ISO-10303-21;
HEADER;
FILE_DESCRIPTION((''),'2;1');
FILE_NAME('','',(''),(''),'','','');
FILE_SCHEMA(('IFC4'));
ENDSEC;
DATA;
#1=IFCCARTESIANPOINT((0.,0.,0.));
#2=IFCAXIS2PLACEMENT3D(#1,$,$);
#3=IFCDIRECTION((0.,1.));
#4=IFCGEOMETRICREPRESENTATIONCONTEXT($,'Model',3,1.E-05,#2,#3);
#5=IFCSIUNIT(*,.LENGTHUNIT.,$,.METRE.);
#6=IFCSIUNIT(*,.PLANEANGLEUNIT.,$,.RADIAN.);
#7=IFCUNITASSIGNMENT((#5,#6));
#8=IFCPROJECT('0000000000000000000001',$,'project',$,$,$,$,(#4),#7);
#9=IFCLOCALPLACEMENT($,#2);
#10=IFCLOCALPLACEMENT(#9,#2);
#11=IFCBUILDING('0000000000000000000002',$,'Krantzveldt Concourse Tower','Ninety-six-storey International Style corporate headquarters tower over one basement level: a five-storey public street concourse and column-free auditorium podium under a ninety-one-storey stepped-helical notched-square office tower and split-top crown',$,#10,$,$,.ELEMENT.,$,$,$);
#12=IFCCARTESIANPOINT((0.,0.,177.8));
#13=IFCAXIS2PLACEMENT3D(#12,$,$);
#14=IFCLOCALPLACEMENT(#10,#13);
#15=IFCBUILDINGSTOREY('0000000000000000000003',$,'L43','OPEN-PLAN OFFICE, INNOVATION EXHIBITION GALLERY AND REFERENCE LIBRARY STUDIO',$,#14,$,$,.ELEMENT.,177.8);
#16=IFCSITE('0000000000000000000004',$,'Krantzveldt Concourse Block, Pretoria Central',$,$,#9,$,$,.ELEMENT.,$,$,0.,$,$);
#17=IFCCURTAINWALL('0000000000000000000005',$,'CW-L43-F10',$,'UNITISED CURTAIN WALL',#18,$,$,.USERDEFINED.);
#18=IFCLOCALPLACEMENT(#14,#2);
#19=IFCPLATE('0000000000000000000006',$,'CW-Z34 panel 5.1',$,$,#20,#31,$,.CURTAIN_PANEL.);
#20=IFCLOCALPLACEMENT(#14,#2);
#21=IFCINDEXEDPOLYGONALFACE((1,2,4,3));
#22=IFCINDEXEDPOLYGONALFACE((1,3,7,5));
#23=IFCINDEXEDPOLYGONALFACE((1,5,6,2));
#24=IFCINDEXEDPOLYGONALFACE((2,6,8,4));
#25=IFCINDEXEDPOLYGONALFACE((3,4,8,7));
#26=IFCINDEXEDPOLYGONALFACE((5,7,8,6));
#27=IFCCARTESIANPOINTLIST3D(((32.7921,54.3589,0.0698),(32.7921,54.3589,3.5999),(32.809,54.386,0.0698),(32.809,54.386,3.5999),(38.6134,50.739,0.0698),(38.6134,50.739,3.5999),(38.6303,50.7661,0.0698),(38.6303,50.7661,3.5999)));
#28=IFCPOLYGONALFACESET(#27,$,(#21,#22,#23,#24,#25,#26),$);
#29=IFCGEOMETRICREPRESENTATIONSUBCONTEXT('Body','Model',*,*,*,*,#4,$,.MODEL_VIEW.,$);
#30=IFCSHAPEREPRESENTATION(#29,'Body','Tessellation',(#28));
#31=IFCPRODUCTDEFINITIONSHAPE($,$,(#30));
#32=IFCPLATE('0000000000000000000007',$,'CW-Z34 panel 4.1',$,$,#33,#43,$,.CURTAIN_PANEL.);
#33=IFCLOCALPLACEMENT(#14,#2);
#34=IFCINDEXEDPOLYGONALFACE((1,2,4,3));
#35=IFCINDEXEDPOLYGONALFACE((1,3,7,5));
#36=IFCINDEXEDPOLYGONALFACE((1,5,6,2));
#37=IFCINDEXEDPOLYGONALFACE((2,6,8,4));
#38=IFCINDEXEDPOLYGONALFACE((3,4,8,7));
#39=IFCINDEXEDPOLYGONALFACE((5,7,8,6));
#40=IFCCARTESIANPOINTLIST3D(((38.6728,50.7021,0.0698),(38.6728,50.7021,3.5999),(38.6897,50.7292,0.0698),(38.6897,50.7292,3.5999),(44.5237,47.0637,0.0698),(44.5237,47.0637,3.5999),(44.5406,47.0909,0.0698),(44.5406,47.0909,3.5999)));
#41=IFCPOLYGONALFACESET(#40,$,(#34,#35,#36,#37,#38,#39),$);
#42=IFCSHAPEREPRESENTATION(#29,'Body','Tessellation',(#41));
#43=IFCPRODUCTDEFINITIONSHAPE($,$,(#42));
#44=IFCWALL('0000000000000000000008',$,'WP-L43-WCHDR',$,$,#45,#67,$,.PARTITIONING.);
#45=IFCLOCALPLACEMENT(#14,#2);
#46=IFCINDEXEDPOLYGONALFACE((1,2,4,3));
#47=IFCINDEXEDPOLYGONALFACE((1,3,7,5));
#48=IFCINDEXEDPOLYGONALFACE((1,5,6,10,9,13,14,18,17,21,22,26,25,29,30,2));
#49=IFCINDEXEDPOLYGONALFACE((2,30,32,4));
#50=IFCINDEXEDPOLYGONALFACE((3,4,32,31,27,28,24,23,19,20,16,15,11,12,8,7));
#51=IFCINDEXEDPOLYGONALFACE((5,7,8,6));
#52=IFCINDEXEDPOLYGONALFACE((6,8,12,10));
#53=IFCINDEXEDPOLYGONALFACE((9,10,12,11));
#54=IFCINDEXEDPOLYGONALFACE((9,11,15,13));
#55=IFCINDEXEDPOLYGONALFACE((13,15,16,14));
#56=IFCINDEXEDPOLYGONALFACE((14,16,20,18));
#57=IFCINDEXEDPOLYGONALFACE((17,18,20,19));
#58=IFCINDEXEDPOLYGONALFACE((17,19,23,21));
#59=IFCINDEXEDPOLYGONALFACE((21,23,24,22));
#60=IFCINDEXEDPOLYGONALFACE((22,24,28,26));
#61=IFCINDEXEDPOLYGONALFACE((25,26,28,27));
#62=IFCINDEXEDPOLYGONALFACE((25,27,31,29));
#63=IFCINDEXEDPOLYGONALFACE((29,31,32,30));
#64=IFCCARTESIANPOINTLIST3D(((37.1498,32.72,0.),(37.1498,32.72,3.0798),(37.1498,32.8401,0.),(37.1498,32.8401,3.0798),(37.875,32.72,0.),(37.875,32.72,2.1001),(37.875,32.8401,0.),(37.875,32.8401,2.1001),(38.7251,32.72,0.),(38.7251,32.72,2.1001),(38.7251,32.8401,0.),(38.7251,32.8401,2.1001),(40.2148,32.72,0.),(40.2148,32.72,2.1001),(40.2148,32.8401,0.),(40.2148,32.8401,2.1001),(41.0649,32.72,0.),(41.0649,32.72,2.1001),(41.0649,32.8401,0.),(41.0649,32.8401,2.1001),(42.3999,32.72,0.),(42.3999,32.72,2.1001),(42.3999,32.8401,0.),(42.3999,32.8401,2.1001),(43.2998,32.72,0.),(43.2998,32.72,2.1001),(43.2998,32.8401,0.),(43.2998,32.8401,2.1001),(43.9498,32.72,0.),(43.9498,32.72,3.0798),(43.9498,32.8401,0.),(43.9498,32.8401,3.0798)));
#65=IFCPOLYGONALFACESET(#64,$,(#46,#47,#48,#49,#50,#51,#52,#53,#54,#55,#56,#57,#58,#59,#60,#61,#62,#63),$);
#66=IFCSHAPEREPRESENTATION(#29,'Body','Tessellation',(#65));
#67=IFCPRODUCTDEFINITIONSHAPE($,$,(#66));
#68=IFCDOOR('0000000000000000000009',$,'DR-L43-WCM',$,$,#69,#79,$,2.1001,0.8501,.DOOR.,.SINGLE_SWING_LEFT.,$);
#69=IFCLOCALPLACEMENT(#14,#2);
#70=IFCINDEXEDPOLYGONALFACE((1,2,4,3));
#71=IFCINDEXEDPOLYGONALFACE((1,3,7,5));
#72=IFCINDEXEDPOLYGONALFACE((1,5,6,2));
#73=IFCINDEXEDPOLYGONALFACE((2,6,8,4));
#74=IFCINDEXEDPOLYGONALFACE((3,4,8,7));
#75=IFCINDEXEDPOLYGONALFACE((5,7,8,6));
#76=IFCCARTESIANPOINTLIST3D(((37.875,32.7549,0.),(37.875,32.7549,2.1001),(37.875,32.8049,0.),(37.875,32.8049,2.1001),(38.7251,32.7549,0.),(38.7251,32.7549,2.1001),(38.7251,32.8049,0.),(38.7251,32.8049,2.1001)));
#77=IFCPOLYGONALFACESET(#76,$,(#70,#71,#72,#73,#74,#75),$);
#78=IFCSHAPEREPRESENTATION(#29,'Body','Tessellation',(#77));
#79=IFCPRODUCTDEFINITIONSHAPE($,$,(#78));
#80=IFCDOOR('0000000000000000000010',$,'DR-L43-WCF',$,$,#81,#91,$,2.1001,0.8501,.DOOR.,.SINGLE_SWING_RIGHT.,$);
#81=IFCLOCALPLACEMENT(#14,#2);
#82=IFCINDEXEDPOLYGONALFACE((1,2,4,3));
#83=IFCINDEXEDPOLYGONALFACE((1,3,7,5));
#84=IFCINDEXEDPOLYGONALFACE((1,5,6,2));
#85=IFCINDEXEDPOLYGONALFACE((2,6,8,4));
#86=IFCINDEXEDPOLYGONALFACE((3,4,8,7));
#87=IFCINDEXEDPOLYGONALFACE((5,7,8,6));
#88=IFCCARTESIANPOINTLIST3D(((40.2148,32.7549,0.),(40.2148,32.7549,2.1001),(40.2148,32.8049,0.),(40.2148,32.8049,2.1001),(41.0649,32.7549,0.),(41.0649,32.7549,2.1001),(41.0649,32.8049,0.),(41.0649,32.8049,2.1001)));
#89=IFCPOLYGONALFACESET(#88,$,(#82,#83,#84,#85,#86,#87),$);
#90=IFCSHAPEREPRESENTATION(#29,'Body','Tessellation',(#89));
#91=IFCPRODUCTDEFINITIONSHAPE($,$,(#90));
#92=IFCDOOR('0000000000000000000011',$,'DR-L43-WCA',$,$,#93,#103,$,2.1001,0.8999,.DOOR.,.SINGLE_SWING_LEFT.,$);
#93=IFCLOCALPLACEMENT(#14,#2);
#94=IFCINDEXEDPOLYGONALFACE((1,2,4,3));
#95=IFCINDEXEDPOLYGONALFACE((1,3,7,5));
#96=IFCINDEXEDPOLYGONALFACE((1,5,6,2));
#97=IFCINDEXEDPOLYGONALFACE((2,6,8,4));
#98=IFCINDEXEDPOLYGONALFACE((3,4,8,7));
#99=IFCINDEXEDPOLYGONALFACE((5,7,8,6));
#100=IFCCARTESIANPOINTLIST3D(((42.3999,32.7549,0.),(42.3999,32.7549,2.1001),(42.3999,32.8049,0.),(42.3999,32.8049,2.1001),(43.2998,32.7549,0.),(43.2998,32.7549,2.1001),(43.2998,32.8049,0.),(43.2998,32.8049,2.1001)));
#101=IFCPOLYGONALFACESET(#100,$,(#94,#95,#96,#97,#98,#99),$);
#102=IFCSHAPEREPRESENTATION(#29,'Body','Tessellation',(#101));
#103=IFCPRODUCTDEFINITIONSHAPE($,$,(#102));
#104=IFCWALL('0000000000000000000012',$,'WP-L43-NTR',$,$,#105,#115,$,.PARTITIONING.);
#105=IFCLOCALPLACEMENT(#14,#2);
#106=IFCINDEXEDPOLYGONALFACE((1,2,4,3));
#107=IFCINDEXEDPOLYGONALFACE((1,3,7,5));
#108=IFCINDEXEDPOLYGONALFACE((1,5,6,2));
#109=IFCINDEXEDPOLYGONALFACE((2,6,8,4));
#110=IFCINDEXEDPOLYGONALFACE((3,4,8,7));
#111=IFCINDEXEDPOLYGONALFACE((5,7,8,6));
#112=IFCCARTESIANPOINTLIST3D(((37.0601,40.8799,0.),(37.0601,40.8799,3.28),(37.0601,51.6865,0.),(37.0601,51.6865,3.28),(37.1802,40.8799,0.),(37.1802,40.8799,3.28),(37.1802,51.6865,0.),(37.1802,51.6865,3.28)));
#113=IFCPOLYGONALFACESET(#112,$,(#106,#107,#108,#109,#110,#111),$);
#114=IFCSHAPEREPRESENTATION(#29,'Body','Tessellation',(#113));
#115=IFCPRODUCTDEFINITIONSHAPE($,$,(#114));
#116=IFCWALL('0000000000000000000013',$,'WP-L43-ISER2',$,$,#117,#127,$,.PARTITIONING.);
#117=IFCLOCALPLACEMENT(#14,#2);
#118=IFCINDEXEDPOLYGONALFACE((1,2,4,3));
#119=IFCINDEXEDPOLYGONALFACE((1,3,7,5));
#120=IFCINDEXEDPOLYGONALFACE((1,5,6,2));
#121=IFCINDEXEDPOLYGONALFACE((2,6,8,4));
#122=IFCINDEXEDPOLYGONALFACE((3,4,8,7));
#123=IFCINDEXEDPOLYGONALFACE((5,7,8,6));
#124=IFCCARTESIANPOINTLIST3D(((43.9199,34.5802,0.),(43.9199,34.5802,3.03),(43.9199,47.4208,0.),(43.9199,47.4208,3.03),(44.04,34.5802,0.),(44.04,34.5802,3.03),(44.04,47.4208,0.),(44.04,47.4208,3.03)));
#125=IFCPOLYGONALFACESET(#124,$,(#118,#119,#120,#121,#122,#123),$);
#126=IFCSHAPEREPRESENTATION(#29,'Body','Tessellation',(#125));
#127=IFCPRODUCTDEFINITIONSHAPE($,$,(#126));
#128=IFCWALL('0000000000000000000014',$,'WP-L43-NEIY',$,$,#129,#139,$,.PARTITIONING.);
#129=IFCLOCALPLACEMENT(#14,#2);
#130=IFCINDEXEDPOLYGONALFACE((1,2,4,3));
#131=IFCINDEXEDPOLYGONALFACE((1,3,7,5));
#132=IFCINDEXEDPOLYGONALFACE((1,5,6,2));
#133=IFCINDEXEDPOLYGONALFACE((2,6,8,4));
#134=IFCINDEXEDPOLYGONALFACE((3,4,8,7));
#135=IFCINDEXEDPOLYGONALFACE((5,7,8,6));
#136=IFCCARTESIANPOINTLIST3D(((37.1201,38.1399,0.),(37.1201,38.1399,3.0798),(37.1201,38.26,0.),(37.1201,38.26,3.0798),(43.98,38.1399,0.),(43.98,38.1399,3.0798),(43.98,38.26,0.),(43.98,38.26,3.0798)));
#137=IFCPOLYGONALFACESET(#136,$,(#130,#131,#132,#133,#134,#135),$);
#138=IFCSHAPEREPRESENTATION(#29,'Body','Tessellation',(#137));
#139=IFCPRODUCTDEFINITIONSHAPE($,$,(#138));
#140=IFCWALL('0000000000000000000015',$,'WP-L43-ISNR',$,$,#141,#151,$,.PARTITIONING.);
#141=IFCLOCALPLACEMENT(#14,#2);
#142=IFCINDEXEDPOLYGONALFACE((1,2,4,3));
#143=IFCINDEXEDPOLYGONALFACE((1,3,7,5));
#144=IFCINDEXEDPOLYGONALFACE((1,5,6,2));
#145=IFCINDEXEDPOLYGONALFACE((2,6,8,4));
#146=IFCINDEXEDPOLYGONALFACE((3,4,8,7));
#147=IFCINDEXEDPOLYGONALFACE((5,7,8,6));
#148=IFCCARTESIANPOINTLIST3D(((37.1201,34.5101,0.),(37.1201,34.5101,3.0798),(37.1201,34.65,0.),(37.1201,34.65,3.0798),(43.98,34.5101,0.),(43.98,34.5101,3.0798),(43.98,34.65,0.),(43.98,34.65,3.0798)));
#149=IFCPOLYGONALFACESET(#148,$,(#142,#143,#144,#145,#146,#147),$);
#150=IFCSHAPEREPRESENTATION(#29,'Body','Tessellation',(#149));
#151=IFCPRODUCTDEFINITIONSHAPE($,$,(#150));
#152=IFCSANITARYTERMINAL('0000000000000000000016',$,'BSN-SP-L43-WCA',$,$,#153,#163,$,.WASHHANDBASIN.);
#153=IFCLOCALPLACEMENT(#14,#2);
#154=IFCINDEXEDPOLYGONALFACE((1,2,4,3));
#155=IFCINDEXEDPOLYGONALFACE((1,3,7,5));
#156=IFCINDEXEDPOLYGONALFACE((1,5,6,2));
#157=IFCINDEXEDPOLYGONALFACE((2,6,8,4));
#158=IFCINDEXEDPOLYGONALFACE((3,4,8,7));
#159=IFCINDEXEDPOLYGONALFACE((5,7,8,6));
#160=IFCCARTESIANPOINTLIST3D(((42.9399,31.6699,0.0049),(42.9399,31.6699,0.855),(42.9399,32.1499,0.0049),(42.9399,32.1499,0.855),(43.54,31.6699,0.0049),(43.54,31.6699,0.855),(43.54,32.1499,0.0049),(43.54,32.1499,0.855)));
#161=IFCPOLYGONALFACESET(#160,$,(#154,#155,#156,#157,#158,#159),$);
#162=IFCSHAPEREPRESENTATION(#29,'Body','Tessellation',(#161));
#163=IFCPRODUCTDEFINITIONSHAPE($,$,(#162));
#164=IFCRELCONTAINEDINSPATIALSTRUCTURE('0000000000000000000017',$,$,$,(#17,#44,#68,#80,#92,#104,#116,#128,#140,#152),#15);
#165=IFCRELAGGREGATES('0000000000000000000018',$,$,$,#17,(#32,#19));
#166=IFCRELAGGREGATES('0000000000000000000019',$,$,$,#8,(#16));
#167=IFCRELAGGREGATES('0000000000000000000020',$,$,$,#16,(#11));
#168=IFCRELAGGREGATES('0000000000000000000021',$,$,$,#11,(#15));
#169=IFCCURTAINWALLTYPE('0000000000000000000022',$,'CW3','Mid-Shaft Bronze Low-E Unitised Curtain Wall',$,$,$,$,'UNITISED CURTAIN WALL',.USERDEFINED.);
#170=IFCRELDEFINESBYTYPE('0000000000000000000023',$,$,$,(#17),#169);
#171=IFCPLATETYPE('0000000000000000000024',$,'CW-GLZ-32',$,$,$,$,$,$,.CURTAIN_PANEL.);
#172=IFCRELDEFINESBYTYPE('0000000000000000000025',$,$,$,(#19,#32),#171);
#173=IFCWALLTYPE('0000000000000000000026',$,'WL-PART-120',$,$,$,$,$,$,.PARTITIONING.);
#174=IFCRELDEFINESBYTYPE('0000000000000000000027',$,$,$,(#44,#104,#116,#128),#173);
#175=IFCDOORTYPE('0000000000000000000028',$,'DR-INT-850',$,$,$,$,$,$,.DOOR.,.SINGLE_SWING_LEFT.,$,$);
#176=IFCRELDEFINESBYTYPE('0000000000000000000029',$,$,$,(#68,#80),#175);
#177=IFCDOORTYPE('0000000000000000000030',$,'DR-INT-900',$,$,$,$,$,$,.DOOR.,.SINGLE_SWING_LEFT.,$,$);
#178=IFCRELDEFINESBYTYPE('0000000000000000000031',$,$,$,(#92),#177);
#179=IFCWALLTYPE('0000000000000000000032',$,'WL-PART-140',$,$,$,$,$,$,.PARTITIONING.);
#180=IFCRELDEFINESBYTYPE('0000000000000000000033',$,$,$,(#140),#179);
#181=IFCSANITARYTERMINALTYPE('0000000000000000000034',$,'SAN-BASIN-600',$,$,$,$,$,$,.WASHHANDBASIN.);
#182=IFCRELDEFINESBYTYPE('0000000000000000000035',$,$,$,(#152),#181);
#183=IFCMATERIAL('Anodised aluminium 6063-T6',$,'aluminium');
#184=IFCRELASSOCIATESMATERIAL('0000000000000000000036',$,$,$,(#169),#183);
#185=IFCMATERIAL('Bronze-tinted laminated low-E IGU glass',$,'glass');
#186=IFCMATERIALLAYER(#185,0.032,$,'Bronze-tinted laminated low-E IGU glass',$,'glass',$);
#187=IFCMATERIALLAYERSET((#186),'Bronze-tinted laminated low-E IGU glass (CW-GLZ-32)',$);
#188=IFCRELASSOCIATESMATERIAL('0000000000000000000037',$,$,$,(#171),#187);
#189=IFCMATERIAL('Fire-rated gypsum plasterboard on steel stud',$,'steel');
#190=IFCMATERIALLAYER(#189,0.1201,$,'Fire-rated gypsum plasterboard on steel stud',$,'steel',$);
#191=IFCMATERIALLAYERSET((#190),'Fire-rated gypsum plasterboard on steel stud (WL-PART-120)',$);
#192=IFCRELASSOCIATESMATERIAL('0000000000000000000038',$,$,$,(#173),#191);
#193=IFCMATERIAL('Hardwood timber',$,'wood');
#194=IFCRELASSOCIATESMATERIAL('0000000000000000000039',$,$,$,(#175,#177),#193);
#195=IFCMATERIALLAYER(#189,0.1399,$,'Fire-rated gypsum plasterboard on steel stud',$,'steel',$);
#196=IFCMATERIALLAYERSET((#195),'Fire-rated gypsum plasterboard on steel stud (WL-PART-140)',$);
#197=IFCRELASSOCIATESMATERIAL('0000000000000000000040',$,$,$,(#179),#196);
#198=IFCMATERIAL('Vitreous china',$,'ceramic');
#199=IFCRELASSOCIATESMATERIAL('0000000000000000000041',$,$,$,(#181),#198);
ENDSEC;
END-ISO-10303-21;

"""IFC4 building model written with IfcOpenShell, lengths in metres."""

from ifc_helpers import new_model, si_unit, direction, frame, frame_2d, origin, origin_2d, place, context, subcontext, project, spatial, rectangle, extrude, source, transform, mapped, material, layer, layer_set, type_object, type_shapes, element, fill, aggregate, save


model = new_model("IFC4")

# Units and contexts
model_context = context("Model", 3, precision=1e-05, world=origin(), true_north=direction((0.0, 1.0)))
body_context = subcontext(model_context, "Body", "Model", "MODEL_VIEW")
ifc_project = project(units=[si_unit("LENGTHUNIT", "METRE"), si_unit("PLANEANGLEUNIT", "RADIAN")], contexts=[model_context])

# Site, building, storey
site_placement = place(None, origin())
site = spatial("IfcSite", under=ifc_project, at=site_placement, Name="Krantzveldt Concourse Block, Pretoria Central", CompositionType="ELEMENT", RefElevation=0.0)
building_placement = place(site_placement, origin())
building = spatial("IfcBuilding", under=site, at=building_placement, Name="Krantzveldt Concourse Tower", Description="Ninety-six-storey International Style corporate headquarters tower over one basement level: a five-storey public street concourse and column-free auditorium podium under a ninety-one-storey stepped-helical notched-square office tower and split-top crown", CompositionType="ELEMENT")
storey_placement = place(building_placement, frame((0.0, 0.0, 177.8)))
storey = spatial("IfcBuildingStorey", under=building, at=storey_placement, Name="L43", Description="OPEN-PLAN OFFICE, INNOVATION EXHIBITION GALLERY AND REFERENCE LIBRARY STUDIO", CompositionType="ELEMENT", Elevation=177.8)

# Curtain wall, plates
ifc_material_1 = material(Name="Anodised aluminium 6063-T6", Category="aluminium")
curtain_wall_type = type_object("IfcCurtainWallType", Name="CW3", Description="Mid-Shaft Bronze Low-E Unitised Curtain Wall", ElementType="UNITISED CURTAIN WALL", PredefinedType="USERDEFINED", material=ifc_material_1)
curtain_wall_placement = place(storey_placement, origin())
curtain_wall = element("IfcCurtainWall", 1, at=curtain_wall_placement, inside=storey, type_object=curtain_wall_type, Name="CW-L43-F10", ObjectType="UNITISED CURTAIN WALL", PredefinedType="USERDEFINED")
ifc_material_2 = material(Name="Bronze-tinted laminated low-E IGU glass", Category="glass")
ifc_layer_1 = layer(ifc_material_2, 0.032, Name="Bronze-tinted laminated low-E IGU glass", Category="glass")
ifc_layer_set_1 = layer_set([ifc_layer_1], Name="Bronze-tinted laminated low-E IGU glass (CW-GLZ-32)")
plate_type = type_object("IfcPlateType", Name="CW-GLZ-32", PredefinedType="CURTAIN_PANEL", material=ifc_layer_set_1)
shared_shape_1 = source(origin(), body_context, "Body", "SweptSolid", [
    extrude(rectangle(XDim=6.855, YDim=0.032, at=origin_2d()), origin(), (0.0, 0.0, 1.0), 3.53),
])
plate_1_placement = place(storey_placement, frame((35.7112, 52.5625, 0.0698), z_axis=(0.0, 0.0, 1.0), x_axis=(-0.849202, 0.528068, 0.0)))
plate_1 = element("IfcPlate", 2, at=plate_1_placement, type_object=plate_type, Name="CW-Z34 panel 5.1", PredefinedType="CURTAIN_PANEL", context=body_context, shape_type="MappedRepresentation", body=[
    mapped(shared_shape_1, transform((0.0, 0.0, 0.0), x_axis=(1.0, 0.0, 0.0), y_axis=(0.0, 1.0, 0.0), z_axis=(0.0, 0.0, 1.0), scale=1.0)),
])
shared_shape_2 = source(origin(), body_context, "Body", "SweptSolid", [
    extrude(rectangle(XDim=6.8899, YDim=0.032, at=origin_2d()), origin(), (0.0, 0.0, 1.0), 3.53),
])
type_shapes(plate_type, [shared_shape_1, shared_shape_2])
plate_2_placement = place(storey_placement, frame((41.6067, 48.8965, 0.0698), z_axis=(0.0, 0.0, 1.0), x_axis=(-0.849202, 0.528068, 0.0)))
plate_2 = element("IfcPlate", 3, at=plate_2_placement, type_object=plate_type, Name="CW-Z34 panel 4.1", PredefinedType="CURTAIN_PANEL", context=body_context, shape_type="MappedRepresentation", body=[
    mapped(shared_shape_2, transform((0.0, 0.0, 0.0), x_axis=(1.0, 0.0, 0.0), y_axis=(0.0, 1.0, 0.0), z_axis=(0.0, 0.0, 1.0), scale=1.0)),
])
aggregate(curtain_wall, [plate_2, plate_1])

# Wall, openings, doors
ifc_material_3 = material(Name="Fire-rated gypsum plasterboard on steel stud", Category="steel")
ifc_layer_2 = layer(ifc_material_3, 0.1201, Name="Fire-rated gypsum plasterboard on steel stud", Category="steel")
ifc_layer_set_2 = layer_set([ifc_layer_2], Name="Fire-rated gypsum plasterboard on steel stud (WL-PART-120)")
wall_type_1 = type_object("IfcWallType", Name="WL-PART-120", PredefinedType="PARTITIONING", material=ifc_layer_set_2)
wall_1_placement = place(storey_placement, frame((37.1499, 32.78, 0.0), z_axis=(0.0, 0.0, 1.0), x_axis=(1.0, 0.0, 0.0)))
wall_1 = element("IfcWall", 4, at=wall_1_placement, inside=storey, type_object=wall_type_1, Name="WP-L43-WCHDR", PredefinedType="PARTITIONING", context=body_context, shape_type="SweptSolid", body=[
    extrude(rectangle(XDim=6.8, YDim=0.1201, at=frame_2d((3.3999, 0.0))), origin(), (0.0, 0.0, 1.0), 3.0798),
])
opening_1_placement = place(wall_1_placement, frame((0.7251, 0.0, 0.0)))
opening_1 = element("IfcOpeningElement", 5, at=opening_1_placement, cuts=wall_1, PredefinedType="OPENING", context=body_context, shape_type="SweptSolid", body=[
    extrude(rectangle(XDim=0.8501, YDim=2.1001, at=frame_2d((0.425, 1.05))), frame((0.0, 0.0701, 0.0), z_axis=(0.0, -1.0, 0.0), x_axis=(1.0, 0.0, 0.0)), (0.0, 0.0, 1.0), 0.1401),
])
opening_2_placement = place(wall_1_placement, frame((3.0649, 0.0, 0.0)))
opening_2 = element("IfcOpeningElement", 6, at=opening_2_placement, cuts=wall_1, PredefinedType="OPENING", context=body_context, shape_type="SweptSolid", body=[
    extrude(rectangle(XDim=0.8501, YDim=2.1001, at=frame_2d((0.425, 1.05))), frame((0.0, 0.0701, 0.0), z_axis=(0.0, -1.0, 0.0), x_axis=(1.0, 0.0, 0.0)), (0.0, 0.0, 1.0), 0.1401),
])
opening_3_placement = place(wall_1_placement, frame((5.25, 0.0, 0.0)))
opening_3 = element("IfcOpeningElement", 7, at=opening_3_placement, cuts=wall_1, PredefinedType="OPENING", context=body_context, shape_type="SweptSolid", body=[
    extrude(rectangle(XDim=0.8999, YDim=2.1001, at=frame_2d((0.45, 1.05))), frame((0.0, 0.0701, 0.0), z_axis=(0.0, -1.0, 0.0), x_axis=(1.0, 0.0, 0.0)), (0.0, 0.0, 1.0), 0.1401),
])
ifc_material_4 = material(Name="Hardwood timber", Category="wood")
door_type_1 = type_object("IfcDoorType", Name="DR-INT-850", OperationType="SINGLE_SWING_LEFT", PredefinedType="DOOR", material=ifc_material_4)
door_1_placement = place(opening_1_placement, origin())
door_1 = element("IfcDoor", 8, at=door_1_placement, inside=storey, type_object=door_type_1, Name="DR-L43-WCM", OperationType="SINGLE_SWING_LEFT", OverallHeight=2.1001, OverallWidth=0.8501, PredefinedType="DOOR", context=body_context, shape_type="SweptSolid", body=[
    extrude(rectangle(XDim=0.8501, YDim=2.1001, at=frame_2d((0.425, 1.05))), frame((0.0, 0.0249, 0.0), z_axis=(0.0, -1.0, 0.0), x_axis=(1.0, 0.0, 0.0)), (0.0, 0.0, 1.0), 0.05),
])
fill(opening_1, door_1)
door_2_placement = place(opening_2_placement, origin())
door_2 = element("IfcDoor", 9, at=door_2_placement, inside=storey, type_object=door_type_1, Name="DR-L43-WCF", OperationType="SINGLE_SWING_RIGHT", OverallHeight=2.1001, OverallWidth=0.8501, PredefinedType="DOOR", context=body_context, shape_type="SweptSolid", body=[
    extrude(rectangle(XDim=0.8501, YDim=2.1001, at=frame_2d((0.425, 1.05))), frame((0.0, 0.0249, 0.0), z_axis=(0.0, -1.0, 0.0), x_axis=(1.0, 0.0, 0.0)), (0.0, 0.0, 1.0), 0.05),
])
fill(opening_2, door_2)
door_type_2 = type_object("IfcDoorType", Name="DR-INT-900", OperationType="SINGLE_SWING_LEFT", PredefinedType="DOOR", material=ifc_material_4)
door_3_placement = place(opening_3_placement, origin())
door_3 = element("IfcDoor", 10, at=door_3_placement, inside=storey, type_object=door_type_2, Name="DR-L43-WCA", OperationType="SINGLE_SWING_LEFT", OverallHeight=2.1001, OverallWidth=0.8999, PredefinedType="DOOR", context=body_context, shape_type="SweptSolid", body=[
    extrude(rectangle(XDim=0.8999, YDim=2.1001, at=frame_2d((0.45, 1.05))), frame((0.0, 0.0249, 0.0), z_axis=(0.0, -1.0, 0.0), x_axis=(1.0, 0.0, 0.0)), (0.0, 0.0, 1.0), 0.05),
])
fill(opening_3, door_3)

# Walls
wall_2_placement = place(storey_placement, frame((37.1201, 40.8799, 0.0), z_axis=(0.0, 0.0, 1.0), x_axis=(0.0, 1.0, 0.0)))
element("IfcWall", 11, at=wall_2_placement, inside=storey, type_object=wall_type_1, Name="WP-L43-NTR", PredefinedType="PARTITIONING", context=body_context, shape_type="SweptSolid", body=[
    extrude(rectangle(XDim=10.8066, YDim=0.1201, at=frame_2d((5.4033, 0.0))), origin(), (0.0, 0.0, 1.0), 3.28),
])
wall_3_placement = place(storey_placement, frame((43.98, 34.5801, 0.0), z_axis=(0.0, 0.0, 1.0), x_axis=(0.0, 1.0, 0.0)))
element("IfcWall", 12, at=wall_3_placement, inside=storey, type_object=wall_type_1, Name="WP-L43-ISER2", PredefinedType="PARTITIONING", context=body_context, shape_type="SweptSolid", body=[
    extrude(rectangle(XDim=12.8406, YDim=0.1201, at=frame_2d((6.4204, 0.0))), origin(), (0.0, 0.0, 1.0), 3.03),
])
wall_4_placement = place(storey_placement, frame((37.1201, 38.2, 0.0), z_axis=(0.0, 0.0, 1.0), x_axis=(1.0, 0.0, 0.0)))
element("IfcWall", 13, at=wall_4_placement, inside=storey, type_object=wall_type_1, Name="WP-L43-NEIY", PredefinedType="PARTITIONING", context=body_context, shape_type="SweptSolid", body=[
    extrude(rectangle(XDim=6.8599, YDim=0.1201, at=frame_2d((3.4299, 0.0))), origin(), (0.0, 0.0, 1.0), 3.0798),
])
ifc_layer_3 = layer(ifc_material_3, 0.1399, Name="Fire-rated gypsum plasterboard on steel stud", Category="steel")
ifc_layer_set_3 = layer_set([ifc_layer_3], Name="Fire-rated gypsum plasterboard on steel stud (WL-PART-140)")
wall_type_2 = type_object("IfcWallType", Name="WL-PART-140", PredefinedType="PARTITIONING", material=ifc_layer_set_3)
wall_5_placement = place(storey_placement, frame((37.1201, 34.5801, 0.0), z_axis=(0.0, 0.0, 1.0), x_axis=(1.0, 0.0, 0.0)))
element("IfcWall", 14, at=wall_5_placement, inside=storey, type_object=wall_type_2, Name="WP-L43-ISNR", PredefinedType="PARTITIONING", context=body_context, shape_type="SweptSolid", body=[
    extrude(rectangle(XDim=6.8599, YDim=0.1399, at=frame_2d((3.4299, 0.0))), origin(), (0.0, 0.0, 1.0), 3.0798),
])

# Sanitary terminal
ifc_material_5 = material(Name="Vitreous china", Category="ceramic")
sanitary_terminal_type = type_object("IfcSanitaryTerminalType", Name="SAN-BASIN-600", PredefinedType="WASHHANDBASIN", material=ifc_material_5)
shared_shape_3 = source(origin(), body_context, "Body", "SweptSolid", [
    extrude(rectangle(XDim=0.6001, YDim=0.48, at=origin_2d()), origin(), (0.0, 0.0, 1.0), 0.8501),
])
type_shapes(sanitary_terminal_type, [shared_shape_3])
sanitary_terminal_placement = place(storey_placement, frame((43.24, 31.9099, 0.0049), z_axis=(0.0, 0.0, 1.0), x_axis=(1.0, 0.0, 0.0)))
element("IfcSanitaryTerminal", 15, at=sanitary_terminal_placement, inside=storey, type_object=sanitary_terminal_type, Name="BSN-SP-L43-WCA", PredefinedType="WASHHANDBASIN", context=body_context, shape_type="MappedRepresentation", body=[
    mapped(shared_shape_3, transform((0.0, 0.0, 0.0), x_axis=(1.0, 0.0, 0.0), y_axis=(0.0, 1.0, 0.0), z_axis=(0.0, 0.0, 1.0), scale=1.0)),
])

save(model, "model.ifc")
